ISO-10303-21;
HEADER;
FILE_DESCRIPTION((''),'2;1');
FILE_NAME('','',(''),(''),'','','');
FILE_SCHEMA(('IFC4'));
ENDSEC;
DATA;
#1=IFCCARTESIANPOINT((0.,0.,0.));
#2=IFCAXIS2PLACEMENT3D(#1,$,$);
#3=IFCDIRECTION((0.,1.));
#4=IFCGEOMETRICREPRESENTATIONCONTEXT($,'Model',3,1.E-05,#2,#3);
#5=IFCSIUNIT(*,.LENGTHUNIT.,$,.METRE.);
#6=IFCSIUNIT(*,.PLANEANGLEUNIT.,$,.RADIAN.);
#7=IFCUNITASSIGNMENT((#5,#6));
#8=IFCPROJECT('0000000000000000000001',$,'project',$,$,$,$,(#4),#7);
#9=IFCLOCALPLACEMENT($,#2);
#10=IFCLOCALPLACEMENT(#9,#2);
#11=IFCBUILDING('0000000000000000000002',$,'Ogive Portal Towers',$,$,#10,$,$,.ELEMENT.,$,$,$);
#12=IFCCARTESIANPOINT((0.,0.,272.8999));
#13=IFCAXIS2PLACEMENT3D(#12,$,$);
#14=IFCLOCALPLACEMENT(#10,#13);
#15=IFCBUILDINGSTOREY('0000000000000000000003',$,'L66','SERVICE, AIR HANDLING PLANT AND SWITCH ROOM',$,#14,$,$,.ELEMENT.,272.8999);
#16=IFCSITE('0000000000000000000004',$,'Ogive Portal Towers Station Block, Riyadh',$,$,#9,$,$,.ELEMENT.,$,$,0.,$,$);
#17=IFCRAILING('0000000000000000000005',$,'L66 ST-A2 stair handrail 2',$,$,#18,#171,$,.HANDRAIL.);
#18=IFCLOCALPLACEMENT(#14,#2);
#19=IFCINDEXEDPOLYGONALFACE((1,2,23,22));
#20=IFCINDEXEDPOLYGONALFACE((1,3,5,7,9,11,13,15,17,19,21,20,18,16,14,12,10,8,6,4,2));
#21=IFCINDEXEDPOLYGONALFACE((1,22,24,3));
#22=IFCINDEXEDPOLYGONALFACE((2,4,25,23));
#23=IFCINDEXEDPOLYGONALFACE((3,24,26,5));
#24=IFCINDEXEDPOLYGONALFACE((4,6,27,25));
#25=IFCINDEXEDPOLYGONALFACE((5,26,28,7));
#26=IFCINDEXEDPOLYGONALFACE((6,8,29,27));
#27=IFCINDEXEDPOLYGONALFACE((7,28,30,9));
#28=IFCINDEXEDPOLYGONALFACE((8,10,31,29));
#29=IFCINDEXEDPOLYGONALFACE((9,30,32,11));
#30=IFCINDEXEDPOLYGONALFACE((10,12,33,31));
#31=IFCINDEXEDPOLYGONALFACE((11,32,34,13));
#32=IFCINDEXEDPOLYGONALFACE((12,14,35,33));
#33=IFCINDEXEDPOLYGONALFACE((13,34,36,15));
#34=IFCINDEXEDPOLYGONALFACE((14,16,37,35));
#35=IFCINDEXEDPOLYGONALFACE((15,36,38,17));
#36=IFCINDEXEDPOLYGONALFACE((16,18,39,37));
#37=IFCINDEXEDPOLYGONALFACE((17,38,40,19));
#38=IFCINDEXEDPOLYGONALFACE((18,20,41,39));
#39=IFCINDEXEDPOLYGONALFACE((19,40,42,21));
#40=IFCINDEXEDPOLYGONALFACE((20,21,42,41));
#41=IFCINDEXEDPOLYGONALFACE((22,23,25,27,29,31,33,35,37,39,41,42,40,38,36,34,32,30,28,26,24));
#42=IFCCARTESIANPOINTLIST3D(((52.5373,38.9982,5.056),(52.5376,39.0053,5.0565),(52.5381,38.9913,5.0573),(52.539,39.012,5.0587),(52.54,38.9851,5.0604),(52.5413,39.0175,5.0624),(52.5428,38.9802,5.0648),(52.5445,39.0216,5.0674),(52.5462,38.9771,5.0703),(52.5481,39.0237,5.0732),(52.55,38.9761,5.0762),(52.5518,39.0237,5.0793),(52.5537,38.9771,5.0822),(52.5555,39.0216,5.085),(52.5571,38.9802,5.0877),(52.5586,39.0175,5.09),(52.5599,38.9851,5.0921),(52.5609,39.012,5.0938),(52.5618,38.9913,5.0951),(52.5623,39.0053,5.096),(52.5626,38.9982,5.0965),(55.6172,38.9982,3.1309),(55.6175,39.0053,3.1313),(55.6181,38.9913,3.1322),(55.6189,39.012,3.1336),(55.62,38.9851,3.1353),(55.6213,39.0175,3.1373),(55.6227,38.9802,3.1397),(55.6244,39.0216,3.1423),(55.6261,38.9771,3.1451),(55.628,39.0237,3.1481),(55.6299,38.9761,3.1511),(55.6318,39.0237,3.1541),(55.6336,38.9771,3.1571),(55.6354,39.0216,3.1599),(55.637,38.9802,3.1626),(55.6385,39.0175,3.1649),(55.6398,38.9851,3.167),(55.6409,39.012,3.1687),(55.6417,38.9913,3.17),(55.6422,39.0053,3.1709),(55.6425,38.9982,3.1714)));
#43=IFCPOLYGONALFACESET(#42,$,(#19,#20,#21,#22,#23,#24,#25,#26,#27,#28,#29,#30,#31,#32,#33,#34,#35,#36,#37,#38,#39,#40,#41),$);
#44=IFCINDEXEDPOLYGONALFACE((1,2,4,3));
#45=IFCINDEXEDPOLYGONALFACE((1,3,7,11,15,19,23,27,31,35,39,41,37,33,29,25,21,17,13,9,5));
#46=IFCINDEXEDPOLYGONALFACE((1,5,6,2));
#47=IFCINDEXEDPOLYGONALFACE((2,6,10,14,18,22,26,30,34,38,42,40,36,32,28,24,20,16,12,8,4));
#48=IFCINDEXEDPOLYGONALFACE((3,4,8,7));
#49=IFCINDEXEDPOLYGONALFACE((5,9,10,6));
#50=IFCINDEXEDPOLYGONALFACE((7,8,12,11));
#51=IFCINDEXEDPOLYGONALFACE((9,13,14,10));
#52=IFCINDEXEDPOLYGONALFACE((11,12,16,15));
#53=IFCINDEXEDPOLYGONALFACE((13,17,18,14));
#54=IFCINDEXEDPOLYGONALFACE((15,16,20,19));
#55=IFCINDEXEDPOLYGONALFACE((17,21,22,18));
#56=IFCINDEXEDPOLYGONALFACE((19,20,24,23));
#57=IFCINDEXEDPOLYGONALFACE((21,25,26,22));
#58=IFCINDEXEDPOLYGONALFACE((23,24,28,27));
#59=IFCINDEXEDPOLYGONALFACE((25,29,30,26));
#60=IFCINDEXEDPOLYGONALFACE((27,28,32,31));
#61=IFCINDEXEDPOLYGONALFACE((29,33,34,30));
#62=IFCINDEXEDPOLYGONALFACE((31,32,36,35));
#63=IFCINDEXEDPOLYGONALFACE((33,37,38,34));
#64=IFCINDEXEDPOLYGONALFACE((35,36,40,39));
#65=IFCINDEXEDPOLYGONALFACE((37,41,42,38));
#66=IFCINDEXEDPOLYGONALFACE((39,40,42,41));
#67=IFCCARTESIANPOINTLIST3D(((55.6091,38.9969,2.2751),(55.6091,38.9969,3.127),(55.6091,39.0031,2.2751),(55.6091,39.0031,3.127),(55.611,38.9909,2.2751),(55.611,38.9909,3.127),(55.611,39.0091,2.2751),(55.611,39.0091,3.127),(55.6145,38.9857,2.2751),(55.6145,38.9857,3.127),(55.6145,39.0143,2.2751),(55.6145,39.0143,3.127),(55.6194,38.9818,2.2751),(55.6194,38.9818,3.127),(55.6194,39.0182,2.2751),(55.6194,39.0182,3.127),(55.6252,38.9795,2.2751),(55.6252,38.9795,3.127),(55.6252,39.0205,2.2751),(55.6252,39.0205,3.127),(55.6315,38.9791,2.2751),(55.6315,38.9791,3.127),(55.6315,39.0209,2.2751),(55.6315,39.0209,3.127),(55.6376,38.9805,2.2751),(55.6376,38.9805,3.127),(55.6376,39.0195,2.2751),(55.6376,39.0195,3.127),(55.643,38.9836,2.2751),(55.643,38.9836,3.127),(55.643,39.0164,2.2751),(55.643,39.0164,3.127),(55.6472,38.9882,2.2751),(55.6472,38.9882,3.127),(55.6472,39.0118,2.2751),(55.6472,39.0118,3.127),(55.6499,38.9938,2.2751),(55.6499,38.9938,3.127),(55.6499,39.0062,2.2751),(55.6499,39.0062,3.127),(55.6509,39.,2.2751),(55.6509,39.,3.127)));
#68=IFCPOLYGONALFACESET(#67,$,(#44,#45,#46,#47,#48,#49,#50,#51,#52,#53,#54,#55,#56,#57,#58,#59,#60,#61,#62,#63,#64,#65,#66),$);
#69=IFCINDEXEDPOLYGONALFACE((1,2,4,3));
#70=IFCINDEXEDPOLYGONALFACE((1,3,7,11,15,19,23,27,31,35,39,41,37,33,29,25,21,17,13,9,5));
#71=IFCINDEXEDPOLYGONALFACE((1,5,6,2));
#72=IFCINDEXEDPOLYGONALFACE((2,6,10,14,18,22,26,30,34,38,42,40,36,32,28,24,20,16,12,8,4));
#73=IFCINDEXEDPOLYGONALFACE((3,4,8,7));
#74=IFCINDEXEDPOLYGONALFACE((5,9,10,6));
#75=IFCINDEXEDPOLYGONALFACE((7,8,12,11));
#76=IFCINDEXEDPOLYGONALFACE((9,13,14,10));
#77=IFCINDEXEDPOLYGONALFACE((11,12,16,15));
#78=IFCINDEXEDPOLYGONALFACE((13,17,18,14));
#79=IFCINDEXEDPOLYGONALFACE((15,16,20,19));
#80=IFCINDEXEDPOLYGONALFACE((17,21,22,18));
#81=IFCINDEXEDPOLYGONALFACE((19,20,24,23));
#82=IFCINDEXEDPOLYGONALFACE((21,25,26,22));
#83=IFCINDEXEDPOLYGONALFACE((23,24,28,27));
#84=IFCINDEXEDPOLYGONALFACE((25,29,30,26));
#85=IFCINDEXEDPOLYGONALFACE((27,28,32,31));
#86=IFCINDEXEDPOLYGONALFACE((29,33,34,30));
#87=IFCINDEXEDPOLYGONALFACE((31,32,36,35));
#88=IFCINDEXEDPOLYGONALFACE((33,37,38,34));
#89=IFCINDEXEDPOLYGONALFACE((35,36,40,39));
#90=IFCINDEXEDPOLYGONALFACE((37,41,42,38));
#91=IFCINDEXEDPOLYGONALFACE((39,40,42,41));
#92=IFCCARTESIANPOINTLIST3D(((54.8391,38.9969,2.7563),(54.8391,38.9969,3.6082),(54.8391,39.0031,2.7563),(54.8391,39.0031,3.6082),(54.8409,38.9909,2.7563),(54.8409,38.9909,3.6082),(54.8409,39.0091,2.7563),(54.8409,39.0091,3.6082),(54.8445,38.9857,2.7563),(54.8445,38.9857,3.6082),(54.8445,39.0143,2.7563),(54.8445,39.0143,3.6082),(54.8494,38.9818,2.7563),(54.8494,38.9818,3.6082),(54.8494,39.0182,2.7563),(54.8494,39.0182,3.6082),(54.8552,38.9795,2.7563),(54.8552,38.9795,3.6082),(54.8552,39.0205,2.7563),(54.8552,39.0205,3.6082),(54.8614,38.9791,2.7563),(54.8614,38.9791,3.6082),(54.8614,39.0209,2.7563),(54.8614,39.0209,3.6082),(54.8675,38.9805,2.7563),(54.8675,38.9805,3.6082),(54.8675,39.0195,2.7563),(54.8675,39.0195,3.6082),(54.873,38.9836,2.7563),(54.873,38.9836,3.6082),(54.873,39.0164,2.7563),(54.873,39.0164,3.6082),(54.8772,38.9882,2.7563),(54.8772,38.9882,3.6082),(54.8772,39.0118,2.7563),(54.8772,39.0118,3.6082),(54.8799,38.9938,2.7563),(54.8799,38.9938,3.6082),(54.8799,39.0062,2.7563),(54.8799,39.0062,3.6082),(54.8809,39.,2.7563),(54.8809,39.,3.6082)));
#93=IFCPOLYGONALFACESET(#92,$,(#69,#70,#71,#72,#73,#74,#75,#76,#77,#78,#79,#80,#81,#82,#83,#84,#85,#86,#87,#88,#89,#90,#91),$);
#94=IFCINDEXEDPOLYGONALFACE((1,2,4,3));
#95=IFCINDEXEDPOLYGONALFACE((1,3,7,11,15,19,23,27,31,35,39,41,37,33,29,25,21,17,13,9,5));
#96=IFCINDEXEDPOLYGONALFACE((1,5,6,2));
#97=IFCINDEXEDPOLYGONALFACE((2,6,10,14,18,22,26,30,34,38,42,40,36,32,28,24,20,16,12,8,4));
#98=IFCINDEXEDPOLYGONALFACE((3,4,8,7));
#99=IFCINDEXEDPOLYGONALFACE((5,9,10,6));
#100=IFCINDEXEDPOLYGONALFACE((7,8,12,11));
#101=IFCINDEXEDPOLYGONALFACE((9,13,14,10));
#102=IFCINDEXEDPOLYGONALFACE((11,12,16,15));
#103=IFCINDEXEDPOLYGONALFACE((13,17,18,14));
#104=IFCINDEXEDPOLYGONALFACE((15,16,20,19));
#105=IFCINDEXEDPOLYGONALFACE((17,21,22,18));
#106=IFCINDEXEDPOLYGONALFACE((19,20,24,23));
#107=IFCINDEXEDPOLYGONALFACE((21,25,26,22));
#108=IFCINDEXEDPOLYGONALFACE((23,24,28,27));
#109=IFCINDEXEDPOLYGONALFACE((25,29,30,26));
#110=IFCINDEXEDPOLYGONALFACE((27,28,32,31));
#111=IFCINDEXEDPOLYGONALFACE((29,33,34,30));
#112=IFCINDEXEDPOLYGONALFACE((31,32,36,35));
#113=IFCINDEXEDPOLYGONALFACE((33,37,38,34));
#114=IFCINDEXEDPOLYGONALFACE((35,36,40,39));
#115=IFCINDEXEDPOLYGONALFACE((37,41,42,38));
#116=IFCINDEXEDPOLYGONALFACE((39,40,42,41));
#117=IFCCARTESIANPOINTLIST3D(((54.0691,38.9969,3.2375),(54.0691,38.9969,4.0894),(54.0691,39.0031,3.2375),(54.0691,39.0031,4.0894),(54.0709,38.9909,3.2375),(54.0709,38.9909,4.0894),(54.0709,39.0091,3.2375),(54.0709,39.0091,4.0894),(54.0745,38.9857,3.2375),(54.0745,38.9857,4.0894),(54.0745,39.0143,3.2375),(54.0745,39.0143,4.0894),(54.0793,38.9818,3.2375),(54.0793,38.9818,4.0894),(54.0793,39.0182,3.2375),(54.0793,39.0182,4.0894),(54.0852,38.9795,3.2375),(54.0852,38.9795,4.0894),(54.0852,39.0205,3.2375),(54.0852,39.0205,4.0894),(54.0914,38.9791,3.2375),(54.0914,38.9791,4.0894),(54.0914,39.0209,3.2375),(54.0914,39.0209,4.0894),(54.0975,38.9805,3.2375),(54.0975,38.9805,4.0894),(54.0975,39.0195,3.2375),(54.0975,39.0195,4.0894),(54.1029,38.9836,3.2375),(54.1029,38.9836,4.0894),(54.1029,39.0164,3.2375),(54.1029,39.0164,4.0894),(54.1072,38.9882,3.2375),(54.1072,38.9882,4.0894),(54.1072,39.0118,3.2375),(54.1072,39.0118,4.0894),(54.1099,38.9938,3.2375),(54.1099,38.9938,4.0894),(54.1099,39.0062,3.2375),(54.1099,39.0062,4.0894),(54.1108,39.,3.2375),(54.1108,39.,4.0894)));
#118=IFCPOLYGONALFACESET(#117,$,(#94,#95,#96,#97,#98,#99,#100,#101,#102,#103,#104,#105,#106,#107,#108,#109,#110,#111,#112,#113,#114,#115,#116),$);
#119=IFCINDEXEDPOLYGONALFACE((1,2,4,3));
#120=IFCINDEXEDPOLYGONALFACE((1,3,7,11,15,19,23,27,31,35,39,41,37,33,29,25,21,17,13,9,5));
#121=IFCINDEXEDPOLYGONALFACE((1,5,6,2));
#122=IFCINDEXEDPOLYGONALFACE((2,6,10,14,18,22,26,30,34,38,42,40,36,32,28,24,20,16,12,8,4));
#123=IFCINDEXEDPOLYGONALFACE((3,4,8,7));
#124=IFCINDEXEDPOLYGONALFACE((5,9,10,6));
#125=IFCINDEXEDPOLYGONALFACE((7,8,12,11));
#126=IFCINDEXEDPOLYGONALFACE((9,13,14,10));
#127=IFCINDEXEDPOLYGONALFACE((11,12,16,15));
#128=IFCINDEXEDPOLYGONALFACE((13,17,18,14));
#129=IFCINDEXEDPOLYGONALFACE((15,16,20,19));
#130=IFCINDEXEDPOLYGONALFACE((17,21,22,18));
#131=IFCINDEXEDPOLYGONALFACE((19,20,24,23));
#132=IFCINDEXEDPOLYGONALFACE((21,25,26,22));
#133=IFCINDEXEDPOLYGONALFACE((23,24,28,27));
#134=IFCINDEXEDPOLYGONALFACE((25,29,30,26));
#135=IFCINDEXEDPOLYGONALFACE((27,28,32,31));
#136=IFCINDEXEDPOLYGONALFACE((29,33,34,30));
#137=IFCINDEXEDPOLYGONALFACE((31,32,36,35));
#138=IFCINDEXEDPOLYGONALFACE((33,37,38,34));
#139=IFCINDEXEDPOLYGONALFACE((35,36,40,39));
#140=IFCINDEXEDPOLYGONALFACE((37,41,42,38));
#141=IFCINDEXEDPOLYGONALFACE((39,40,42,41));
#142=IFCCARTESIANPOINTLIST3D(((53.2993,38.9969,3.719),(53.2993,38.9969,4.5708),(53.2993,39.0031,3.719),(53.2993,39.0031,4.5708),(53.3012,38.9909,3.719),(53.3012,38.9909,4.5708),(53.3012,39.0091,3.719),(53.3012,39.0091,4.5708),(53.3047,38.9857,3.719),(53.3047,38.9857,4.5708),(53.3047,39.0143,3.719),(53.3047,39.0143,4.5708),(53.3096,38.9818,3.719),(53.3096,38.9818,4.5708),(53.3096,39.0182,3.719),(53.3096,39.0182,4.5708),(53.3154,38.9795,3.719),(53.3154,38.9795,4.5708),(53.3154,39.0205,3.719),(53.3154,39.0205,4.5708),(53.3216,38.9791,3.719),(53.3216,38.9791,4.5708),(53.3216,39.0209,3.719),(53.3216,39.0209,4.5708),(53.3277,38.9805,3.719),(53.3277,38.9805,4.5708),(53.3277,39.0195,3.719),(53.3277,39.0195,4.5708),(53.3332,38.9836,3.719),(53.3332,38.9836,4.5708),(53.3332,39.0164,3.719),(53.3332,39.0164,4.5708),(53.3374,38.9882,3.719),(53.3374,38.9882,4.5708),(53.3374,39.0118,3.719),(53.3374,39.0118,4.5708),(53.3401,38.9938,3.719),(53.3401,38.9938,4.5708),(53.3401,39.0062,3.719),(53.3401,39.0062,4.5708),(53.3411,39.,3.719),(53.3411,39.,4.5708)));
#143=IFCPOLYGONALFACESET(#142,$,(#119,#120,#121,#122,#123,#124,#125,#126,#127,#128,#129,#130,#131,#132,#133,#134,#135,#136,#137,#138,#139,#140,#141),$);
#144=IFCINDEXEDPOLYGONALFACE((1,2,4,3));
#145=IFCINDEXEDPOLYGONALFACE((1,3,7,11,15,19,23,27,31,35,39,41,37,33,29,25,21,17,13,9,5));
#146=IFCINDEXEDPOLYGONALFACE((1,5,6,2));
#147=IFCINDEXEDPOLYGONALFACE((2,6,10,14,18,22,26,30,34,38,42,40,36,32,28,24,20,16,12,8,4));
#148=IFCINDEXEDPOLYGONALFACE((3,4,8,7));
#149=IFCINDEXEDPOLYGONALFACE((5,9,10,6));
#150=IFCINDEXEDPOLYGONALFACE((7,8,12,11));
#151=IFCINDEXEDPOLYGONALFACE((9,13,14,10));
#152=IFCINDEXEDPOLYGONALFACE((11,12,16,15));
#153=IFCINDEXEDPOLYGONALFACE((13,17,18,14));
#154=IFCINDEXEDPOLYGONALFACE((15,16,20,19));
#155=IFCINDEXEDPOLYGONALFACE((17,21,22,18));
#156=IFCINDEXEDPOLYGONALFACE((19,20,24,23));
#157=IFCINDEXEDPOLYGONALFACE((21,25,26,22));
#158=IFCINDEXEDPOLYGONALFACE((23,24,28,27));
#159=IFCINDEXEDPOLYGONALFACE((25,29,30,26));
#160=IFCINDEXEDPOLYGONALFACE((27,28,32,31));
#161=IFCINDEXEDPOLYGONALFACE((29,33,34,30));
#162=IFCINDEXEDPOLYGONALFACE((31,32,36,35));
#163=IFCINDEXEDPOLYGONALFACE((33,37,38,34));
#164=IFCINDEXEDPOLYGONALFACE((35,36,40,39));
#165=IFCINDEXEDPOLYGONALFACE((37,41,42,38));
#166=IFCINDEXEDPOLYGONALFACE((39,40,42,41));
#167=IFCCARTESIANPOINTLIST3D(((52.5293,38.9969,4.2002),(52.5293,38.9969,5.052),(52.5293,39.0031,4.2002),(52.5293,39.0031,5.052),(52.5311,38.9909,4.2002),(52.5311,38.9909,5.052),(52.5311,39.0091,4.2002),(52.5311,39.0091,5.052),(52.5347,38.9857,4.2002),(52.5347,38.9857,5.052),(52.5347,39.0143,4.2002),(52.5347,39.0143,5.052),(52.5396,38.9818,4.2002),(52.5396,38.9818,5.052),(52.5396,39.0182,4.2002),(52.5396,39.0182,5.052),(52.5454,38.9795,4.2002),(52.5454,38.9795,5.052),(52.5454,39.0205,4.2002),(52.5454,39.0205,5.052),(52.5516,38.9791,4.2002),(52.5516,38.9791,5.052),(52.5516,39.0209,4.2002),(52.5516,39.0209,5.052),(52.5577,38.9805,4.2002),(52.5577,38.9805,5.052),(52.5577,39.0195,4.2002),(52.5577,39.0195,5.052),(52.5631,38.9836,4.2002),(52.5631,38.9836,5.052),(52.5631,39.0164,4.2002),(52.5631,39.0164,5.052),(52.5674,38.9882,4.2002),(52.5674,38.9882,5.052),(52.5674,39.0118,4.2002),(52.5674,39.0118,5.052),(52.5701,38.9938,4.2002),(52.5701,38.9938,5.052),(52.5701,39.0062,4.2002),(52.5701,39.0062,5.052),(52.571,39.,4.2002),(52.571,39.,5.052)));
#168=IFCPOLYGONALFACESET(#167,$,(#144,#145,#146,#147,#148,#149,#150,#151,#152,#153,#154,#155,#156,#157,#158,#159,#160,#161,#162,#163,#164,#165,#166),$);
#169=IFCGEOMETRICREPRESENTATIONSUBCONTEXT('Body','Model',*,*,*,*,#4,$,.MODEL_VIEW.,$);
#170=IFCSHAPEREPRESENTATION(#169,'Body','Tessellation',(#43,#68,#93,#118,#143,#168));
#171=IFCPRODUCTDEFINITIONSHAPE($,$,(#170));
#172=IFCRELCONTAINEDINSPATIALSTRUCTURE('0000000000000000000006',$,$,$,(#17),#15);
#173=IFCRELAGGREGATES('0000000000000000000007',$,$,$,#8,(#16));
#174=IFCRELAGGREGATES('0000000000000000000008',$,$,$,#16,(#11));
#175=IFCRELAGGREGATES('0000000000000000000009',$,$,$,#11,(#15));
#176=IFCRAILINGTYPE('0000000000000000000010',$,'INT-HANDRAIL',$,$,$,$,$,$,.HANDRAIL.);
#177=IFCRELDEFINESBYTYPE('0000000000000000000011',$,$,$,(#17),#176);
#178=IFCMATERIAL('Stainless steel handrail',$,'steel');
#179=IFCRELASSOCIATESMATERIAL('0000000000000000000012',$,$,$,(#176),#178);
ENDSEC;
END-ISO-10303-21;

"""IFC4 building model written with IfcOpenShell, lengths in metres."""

from ifc_helpers import new_model, si_unit, direction, frame, origin, origin_2d, place, context, subcontext, project, spatial, circle, extrude, material, type_object, element, save


model = new_model("IFC4")

# Units and contexts
model_context = context("Model", 3, precision=1e-05, world=origin(), true_north=direction((0.0, 1.0)))
body_context = subcontext(model_context, "Body", "Model", "MODEL_VIEW")
ifc_project = project(units=[si_unit("LENGTHUNIT", "METRE"), si_unit("PLANEANGLEUNIT", "RADIAN")], contexts=[model_context])

# Site, building, storey
site_placement = place(None, origin())
site = spatial("IfcSite", under=ifc_project, at=site_placement, Name="Ogive Portal Towers Station Block, Riyadh", CompositionType="ELEMENT", RefElevation=0.0)
building_placement = place(site_placement, origin())
building = spatial("IfcBuilding", under=site, at=building_placement, Name="Ogive Portal Towers", CompositionType="ELEMENT")
storey_placement = place(building_placement, frame((0.0, 0.0, 272.8999)))
storey = spatial("IfcBuildingStorey", under=building, at=storey_placement, Name="L66", Description="SERVICE, AIR HANDLING PLANT AND SWITCH ROOM", CompositionType="ELEMENT", Elevation=272.8999)

# Railing
ifc_material_1 = material(Name="Stainless steel handrail", Category="steel")
railing_type_1 = type_object("IfcRailingType", Name="INT-HANDRAIL", PredefinedType="HANDRAIL", material=ifc_material_1)
railing_1_placement = place(storey_placement, frame((55.6299, 39.0, 2.2751)))
element("IfcRailing", 1, at=railing_1_placement, inside=storey, type_object=railing_type_1, Name="L66 ST-A2 stair handrail 2", PredefinedType="HANDRAIL", context=body_context, shape_type="SweptSolid", body=[
    extrude(circle(Radius=0.0239, at=origin_2d()), frame((0.0, 0.0, 0.876), z_axis=(-0.847979, 0.0, 0.530029), x_axis=(0.0, -1.0, 0.0)), (0.0, 0.0, 1.0), 3.6321),
    extrude(circle(Radius=0.021, at=origin_2d()), origin(), (0.0, 0.0, 1.0), 0.8518),
    extrude(circle(Radius=0.021, at=origin_2d()), frame((-0.77, 0.0, 0.4812)), (0.0, 0.0, 1.0), 0.8518),
    extrude(circle(Radius=0.021, at=origin_2d()), frame((-1.54, 0.0, 0.9624)), (0.0, 0.0, 1.0), 0.8518),
    extrude(circle(Radius=0.021, at=origin_2d()), frame((-2.3098, 0.0, 1.4438)), (0.0, 0.0, 1.0), 0.8518),
    extrude(circle(Radius=0.021, at=origin_2d()), frame((-3.0798, 0.0, 1.925)), (0.0, 0.0, 1.0), 0.8518),
])

save(model, "model.ifc")
